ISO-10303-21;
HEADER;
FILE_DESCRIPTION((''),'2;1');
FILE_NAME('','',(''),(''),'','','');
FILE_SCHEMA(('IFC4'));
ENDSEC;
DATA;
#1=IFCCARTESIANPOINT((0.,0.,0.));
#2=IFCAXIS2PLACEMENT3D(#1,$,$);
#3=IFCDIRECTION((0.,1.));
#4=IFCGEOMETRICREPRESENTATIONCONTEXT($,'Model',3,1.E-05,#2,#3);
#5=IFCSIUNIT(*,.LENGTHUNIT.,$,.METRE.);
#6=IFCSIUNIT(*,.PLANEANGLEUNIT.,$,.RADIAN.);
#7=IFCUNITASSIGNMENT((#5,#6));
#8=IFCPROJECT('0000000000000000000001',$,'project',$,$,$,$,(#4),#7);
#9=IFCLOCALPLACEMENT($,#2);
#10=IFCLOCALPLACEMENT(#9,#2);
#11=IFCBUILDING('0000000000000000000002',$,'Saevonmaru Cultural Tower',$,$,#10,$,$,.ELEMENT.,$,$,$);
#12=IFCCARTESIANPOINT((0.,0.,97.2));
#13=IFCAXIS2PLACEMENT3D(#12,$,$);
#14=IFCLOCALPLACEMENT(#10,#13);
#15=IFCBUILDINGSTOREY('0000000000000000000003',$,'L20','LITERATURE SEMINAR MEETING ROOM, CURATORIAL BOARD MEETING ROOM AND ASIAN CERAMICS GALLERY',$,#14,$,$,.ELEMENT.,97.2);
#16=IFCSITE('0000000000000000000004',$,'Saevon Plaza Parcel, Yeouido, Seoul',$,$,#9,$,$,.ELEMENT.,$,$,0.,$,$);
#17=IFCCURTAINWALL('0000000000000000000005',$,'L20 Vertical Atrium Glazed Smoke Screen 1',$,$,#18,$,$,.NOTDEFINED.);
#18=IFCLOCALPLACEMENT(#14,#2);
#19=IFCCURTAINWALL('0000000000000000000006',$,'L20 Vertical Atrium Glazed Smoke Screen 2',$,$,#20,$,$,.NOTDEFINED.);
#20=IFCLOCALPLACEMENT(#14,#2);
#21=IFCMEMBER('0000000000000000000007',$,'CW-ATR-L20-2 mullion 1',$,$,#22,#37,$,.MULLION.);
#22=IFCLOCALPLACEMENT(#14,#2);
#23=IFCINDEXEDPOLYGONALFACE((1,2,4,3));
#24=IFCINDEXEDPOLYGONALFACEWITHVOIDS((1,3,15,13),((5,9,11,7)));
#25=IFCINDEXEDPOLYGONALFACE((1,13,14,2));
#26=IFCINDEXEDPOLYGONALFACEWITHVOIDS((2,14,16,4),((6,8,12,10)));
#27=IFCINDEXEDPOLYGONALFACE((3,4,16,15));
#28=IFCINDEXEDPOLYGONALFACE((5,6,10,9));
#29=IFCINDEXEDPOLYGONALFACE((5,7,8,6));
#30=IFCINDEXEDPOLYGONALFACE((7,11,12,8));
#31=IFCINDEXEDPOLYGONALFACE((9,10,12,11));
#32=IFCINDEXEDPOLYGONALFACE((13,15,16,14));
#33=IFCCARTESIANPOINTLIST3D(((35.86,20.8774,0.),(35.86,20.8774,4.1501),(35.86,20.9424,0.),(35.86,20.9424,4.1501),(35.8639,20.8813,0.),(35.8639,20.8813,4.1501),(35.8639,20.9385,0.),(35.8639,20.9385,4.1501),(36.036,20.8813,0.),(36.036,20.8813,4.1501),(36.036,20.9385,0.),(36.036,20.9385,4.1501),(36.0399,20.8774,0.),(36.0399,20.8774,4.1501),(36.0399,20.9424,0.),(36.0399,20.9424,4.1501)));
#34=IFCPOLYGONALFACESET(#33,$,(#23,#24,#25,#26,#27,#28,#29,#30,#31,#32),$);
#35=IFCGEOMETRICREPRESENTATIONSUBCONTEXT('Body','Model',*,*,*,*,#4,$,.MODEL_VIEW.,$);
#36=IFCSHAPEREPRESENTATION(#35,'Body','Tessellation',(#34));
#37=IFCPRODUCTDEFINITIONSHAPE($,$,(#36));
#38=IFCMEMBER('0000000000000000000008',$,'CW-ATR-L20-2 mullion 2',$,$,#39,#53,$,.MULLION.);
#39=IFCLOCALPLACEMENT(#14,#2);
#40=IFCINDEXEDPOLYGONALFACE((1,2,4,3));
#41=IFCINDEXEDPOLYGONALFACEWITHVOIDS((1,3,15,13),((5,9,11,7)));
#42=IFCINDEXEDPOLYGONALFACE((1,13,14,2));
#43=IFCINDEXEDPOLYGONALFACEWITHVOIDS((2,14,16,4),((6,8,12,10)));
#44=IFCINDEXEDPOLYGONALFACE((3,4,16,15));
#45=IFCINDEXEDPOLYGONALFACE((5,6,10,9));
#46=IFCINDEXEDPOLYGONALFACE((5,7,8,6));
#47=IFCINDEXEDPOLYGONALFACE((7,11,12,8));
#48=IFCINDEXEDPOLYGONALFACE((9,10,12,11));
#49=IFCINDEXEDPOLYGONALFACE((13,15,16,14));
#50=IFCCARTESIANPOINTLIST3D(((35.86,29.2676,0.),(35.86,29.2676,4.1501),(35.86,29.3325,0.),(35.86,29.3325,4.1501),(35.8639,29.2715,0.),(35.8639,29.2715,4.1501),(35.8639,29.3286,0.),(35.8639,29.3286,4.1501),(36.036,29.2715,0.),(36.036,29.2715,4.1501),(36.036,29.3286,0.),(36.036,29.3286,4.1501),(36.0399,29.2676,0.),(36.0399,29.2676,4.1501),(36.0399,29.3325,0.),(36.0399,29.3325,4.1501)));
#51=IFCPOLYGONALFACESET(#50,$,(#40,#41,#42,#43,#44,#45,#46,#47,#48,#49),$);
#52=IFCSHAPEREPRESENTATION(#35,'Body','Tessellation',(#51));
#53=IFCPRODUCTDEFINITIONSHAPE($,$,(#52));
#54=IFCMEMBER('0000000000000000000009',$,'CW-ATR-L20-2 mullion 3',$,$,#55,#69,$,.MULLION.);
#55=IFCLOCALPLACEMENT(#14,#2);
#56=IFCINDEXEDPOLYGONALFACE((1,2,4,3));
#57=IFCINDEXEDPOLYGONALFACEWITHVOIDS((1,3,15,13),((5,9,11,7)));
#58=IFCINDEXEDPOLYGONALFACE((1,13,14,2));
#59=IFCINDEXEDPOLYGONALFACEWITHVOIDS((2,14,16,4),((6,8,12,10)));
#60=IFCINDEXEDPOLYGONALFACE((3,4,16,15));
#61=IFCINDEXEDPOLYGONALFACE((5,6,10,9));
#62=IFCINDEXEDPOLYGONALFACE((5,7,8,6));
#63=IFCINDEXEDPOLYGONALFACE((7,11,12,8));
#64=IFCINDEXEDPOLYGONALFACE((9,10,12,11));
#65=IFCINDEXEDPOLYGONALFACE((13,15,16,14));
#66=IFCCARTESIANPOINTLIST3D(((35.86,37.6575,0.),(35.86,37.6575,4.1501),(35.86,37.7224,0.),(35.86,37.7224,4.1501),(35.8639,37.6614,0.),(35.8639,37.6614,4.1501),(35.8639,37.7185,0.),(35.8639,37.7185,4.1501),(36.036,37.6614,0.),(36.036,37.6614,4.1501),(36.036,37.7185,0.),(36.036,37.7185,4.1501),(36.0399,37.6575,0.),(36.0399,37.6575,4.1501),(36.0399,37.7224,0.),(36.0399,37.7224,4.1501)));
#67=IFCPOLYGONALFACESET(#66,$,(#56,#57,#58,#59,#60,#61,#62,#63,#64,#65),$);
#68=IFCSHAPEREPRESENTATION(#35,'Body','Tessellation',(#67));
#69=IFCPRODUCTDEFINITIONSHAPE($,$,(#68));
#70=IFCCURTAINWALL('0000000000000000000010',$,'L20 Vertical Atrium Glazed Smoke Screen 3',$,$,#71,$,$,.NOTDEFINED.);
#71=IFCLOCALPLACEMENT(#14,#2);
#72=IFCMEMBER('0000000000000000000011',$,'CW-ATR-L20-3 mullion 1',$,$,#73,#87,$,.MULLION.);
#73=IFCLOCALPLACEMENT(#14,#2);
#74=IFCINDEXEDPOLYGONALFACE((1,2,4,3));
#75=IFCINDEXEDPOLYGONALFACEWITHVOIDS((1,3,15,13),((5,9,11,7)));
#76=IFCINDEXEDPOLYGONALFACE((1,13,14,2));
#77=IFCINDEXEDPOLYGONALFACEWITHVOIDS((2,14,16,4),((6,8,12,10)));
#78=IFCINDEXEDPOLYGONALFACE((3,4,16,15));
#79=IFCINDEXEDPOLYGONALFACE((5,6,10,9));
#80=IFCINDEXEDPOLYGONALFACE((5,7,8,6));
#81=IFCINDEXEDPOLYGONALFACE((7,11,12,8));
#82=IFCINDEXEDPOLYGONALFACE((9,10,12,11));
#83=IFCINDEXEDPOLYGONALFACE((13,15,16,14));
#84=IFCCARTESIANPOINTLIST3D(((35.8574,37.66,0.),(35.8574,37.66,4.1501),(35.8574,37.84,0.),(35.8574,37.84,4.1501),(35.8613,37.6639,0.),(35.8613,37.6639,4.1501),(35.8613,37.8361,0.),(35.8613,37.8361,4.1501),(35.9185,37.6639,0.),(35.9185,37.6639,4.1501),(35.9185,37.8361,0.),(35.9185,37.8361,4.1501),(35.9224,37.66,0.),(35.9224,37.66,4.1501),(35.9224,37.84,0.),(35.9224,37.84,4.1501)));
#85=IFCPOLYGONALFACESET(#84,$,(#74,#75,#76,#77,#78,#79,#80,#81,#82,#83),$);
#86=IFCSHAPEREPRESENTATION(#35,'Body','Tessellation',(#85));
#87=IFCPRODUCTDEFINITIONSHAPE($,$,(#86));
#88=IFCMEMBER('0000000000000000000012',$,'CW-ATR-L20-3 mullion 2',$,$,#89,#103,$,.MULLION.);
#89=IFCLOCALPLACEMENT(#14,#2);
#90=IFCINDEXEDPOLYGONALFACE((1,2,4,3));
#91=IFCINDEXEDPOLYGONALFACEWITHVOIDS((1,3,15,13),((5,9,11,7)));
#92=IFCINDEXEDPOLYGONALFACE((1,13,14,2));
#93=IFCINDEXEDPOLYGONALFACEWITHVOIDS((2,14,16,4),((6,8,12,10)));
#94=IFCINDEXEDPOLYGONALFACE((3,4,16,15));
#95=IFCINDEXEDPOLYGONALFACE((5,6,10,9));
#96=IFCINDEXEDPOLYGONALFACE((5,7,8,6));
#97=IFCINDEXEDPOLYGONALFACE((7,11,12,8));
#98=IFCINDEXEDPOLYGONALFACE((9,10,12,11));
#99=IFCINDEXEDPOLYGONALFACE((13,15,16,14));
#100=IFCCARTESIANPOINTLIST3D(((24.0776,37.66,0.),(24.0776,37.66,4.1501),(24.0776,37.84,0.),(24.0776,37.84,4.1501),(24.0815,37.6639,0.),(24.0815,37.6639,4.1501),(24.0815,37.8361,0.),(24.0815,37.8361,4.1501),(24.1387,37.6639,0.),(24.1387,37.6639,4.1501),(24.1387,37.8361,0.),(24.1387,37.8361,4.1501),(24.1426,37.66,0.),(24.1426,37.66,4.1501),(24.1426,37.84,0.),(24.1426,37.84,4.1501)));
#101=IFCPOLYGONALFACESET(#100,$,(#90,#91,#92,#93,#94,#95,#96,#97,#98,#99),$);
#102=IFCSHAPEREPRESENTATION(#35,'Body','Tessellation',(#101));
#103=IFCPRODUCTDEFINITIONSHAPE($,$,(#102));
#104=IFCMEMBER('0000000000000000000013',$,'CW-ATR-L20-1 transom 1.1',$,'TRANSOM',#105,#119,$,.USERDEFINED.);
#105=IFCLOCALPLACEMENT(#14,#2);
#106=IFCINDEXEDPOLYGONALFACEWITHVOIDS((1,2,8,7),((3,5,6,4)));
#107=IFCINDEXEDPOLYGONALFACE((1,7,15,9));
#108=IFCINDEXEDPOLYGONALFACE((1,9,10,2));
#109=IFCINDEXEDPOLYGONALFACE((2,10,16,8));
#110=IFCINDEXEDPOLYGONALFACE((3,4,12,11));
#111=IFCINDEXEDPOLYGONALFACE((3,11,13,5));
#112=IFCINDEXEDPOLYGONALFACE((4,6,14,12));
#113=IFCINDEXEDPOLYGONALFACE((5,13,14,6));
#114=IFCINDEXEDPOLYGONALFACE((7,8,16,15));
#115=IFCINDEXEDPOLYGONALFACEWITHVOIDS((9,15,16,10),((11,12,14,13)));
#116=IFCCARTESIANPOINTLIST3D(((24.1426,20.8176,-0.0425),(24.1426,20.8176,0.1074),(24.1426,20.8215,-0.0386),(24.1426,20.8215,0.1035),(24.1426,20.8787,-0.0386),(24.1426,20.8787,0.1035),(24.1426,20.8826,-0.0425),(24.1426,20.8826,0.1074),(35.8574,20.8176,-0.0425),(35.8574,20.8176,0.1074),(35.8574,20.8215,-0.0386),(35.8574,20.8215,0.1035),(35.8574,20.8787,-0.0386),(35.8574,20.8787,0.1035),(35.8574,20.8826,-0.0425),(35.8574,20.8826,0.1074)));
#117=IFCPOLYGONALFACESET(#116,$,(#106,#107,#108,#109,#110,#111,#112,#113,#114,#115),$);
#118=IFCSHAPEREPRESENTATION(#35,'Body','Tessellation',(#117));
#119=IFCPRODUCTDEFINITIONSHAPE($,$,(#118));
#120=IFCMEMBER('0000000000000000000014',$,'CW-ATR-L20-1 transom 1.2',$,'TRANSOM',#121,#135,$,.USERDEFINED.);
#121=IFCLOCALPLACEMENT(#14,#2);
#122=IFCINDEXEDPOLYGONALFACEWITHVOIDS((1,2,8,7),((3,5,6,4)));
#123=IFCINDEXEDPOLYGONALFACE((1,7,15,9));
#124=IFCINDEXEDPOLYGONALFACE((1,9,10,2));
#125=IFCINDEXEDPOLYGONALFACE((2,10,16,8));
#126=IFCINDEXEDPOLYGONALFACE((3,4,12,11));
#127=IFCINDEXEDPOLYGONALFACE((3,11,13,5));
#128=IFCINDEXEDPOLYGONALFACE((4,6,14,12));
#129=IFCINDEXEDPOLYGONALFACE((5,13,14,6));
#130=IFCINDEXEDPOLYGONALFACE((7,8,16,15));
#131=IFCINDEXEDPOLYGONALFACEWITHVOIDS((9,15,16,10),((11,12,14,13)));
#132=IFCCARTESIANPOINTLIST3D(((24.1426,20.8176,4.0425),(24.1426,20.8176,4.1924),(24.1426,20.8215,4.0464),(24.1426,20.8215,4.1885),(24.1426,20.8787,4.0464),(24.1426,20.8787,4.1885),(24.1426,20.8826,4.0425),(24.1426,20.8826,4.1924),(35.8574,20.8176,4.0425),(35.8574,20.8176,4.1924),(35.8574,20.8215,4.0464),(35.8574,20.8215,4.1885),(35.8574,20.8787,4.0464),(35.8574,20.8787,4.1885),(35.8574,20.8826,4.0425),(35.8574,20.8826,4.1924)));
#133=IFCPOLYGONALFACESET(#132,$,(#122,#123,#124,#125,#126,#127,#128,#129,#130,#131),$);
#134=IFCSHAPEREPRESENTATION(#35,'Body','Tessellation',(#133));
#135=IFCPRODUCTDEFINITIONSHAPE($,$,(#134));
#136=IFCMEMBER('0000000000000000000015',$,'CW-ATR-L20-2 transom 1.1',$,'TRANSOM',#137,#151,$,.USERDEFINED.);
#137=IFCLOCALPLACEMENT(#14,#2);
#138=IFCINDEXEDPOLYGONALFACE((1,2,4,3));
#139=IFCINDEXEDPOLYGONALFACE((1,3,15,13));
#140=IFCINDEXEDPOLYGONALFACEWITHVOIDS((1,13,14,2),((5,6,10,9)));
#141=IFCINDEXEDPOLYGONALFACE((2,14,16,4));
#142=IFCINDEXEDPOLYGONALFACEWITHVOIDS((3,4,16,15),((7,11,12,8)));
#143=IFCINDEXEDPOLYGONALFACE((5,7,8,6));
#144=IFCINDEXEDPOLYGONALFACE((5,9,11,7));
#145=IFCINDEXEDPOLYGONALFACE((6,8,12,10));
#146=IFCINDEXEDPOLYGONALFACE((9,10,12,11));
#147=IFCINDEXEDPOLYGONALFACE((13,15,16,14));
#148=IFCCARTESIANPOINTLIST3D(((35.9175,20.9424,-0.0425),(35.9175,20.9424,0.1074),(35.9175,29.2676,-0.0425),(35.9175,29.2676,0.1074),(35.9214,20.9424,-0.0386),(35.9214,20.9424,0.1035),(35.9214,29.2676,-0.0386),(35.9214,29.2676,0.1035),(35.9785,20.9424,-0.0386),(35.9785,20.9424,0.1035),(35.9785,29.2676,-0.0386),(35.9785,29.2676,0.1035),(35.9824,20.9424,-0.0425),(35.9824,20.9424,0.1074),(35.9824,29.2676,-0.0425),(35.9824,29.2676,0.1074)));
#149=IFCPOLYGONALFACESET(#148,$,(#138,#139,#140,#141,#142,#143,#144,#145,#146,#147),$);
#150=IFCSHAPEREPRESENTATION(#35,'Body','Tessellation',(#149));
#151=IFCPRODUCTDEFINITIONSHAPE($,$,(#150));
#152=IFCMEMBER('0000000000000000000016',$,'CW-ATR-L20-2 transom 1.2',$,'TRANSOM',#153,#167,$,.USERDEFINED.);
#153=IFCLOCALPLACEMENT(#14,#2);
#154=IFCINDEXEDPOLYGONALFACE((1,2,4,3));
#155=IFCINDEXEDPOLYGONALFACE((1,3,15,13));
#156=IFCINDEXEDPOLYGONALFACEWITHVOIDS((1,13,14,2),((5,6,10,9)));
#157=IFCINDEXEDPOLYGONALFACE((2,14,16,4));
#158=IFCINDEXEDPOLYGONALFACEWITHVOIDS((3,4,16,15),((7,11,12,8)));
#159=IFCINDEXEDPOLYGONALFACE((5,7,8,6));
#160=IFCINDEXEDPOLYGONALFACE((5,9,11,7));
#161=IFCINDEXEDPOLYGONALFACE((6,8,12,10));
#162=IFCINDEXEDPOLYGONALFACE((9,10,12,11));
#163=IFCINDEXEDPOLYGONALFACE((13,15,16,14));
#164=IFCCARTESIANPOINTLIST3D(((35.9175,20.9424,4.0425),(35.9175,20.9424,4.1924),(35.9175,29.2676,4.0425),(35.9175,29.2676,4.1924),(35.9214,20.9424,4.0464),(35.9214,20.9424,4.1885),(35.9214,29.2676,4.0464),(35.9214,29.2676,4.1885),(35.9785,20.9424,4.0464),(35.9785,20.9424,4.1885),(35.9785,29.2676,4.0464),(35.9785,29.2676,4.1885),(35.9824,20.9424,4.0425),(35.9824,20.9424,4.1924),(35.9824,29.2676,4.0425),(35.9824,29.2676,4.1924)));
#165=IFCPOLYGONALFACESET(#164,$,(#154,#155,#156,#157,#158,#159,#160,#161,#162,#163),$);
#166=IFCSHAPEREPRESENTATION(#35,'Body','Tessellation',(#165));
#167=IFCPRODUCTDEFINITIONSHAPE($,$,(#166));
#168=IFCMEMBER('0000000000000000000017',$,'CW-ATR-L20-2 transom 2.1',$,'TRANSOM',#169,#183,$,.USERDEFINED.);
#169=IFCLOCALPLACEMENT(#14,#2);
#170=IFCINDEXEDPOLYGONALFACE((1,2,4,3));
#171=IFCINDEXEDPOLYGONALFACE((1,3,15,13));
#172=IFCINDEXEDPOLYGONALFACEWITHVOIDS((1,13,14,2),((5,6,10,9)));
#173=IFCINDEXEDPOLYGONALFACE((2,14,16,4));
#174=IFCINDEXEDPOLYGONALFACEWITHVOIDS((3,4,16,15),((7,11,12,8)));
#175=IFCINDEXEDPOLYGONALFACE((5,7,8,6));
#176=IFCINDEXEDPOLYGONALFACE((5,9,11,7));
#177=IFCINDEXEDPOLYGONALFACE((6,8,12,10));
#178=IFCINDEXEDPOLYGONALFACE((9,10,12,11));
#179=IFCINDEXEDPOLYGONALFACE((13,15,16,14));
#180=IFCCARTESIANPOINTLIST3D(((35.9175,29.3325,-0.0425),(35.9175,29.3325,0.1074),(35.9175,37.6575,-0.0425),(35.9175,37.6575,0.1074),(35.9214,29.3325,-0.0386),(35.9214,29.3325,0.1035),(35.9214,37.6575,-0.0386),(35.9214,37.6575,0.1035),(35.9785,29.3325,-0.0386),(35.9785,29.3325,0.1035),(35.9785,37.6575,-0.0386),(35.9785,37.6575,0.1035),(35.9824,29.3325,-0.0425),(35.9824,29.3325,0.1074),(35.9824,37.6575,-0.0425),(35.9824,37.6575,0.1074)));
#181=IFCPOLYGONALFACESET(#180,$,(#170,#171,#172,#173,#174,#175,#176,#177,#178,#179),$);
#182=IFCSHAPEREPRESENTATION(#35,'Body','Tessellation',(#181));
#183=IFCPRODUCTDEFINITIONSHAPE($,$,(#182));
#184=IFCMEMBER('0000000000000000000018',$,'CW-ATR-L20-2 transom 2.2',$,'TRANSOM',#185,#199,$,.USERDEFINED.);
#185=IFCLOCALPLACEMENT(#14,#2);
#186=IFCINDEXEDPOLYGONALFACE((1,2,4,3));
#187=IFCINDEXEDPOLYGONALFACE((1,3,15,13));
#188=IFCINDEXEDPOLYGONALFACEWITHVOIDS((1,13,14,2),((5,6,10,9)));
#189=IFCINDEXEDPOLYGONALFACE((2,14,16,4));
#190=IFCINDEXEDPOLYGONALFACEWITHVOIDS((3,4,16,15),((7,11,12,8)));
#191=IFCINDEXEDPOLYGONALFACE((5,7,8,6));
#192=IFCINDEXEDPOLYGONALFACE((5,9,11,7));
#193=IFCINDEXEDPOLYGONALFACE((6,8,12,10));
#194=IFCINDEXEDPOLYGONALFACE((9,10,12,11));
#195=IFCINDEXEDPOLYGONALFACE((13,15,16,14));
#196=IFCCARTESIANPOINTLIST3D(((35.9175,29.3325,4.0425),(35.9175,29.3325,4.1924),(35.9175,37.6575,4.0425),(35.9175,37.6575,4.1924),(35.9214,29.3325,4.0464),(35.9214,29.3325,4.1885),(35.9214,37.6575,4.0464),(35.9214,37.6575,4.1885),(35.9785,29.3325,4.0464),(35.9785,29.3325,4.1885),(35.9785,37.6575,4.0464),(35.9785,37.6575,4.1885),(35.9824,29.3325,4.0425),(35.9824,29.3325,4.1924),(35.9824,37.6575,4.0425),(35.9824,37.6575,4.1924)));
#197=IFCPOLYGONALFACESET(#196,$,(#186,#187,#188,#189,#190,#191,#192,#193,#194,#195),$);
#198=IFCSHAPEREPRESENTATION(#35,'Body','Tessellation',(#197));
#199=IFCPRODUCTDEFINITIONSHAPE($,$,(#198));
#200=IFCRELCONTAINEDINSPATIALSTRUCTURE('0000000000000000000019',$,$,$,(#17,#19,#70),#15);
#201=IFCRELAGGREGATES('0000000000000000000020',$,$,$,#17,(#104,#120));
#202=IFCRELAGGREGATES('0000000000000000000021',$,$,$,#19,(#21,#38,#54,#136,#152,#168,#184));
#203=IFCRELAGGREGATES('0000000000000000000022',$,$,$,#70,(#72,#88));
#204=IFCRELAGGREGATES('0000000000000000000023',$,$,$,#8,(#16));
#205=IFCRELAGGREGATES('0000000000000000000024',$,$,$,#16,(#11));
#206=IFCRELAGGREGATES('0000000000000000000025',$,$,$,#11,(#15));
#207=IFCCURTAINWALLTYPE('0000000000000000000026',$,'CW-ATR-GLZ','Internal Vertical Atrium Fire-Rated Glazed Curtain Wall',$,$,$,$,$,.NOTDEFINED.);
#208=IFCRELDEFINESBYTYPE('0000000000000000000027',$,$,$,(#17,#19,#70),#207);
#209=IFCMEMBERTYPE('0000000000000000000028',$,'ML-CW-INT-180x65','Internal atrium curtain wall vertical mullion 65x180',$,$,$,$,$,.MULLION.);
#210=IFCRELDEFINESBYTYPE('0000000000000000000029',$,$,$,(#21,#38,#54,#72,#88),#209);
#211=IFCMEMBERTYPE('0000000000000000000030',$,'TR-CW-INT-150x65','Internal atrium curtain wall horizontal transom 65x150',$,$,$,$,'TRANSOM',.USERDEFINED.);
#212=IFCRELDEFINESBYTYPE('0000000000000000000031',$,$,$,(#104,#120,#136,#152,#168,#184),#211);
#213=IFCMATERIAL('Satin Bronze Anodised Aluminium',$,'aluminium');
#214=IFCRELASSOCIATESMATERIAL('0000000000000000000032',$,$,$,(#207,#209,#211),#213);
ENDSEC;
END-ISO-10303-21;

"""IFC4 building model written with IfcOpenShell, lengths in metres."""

from ifc_helpers import new_model, si_unit, direction, frame, origin, origin_2d, place, context, subcontext, project, spatial, hollow_rectangle, extrude, material, material_profile, profile_set, type_object, element, aggregate, save


model = new_model("IFC4")

# Units and contexts
model_context = context("Model", 3, precision=1e-05, world=origin(), true_north=direction((0.0, 1.0)))
body_context = subcontext(model_context, "Body", "Model", "MODEL_VIEW")
ifc_project = project(units=[si_unit("LENGTHUNIT", "METRE"), si_unit("PLANEANGLEUNIT", "RADIAN")], contexts=[model_context])

# Site, building, storey
site_placement = place(None, origin())
site = spatial("IfcSite", under=ifc_project, at=site_placement, Name="Saevon Plaza Parcel, Yeouido, Seoul", CompositionType="ELEMENT", RefElevation=0.0)
building_placement = place(site_placement, origin())
building = spatial("IfcBuilding", under=site, at=building_placement, Name="Saevonmaru Cultural Tower", CompositionType="ELEMENT")
storey_placement = place(building_placement, frame((0.0, 0.0, 97.2)))
storey = spatial("IfcBuildingStorey", under=building, at=storey_placement, Name="L20", Description="LITERATURE SEMINAR MEETING ROOM, CURATORIAL BOARD MEETING ROOM AND ASIAN CERAMICS GALLERY", CompositionType="ELEMENT", Elevation=97.2)

# Curtain wall
ifc_material_1 = material(Name="Satin Bronze Anodised Aluminium", Category="aluminium")
curtain_wall_type = type_object("IfcCurtainWallType", Name="CW-ATR-GLZ", Description="Internal Vertical Atrium Fire-Rated Glazed Curtain Wall", PredefinedType="NOTDEFINED", material=ifc_material_1)
curtain_wall_1_placement = place(storey_placement, origin())
curtain_wall_1 = element("IfcCurtainWall", 1, at=curtain_wall_1_placement, inside=storey, type_object=curtain_wall_type, Name="L20 Vertical Atrium Glazed Smoke Screen 1", PredefinedType="NOTDEFINED")
ifc_material_profile_1 = material_profile(ifc_material_1, hollow_rectangle(XDim=0.0649, YDim=0.1799, WallThickness=0.0039, at=origin_2d()), Name="ALU-MULL-180x65x4")
ifc_profile_set_1 = profile_set([ifc_material_profile_1], Name="Satin Bronze Anodised Aluminium")
member_type_1 = type_object("IfcMemberType", Name="ML-CW-INT-180x65", Description="Internal atrium curtain wall vertical mullion 65x180", PredefinedType="MULLION", material=ifc_profile_set_1)

# Curtain walls, members
curtain_wall_2_placement = place(storey_placement, origin())
curtain_wall_2 = element("IfcCurtainWall", 2, at=curtain_wall_2_placement, inside=storey, type_object=curtain_wall_type, Name="L20 Vertical Atrium Glazed Smoke Screen 2", PredefinedType="NOTDEFINED")
member_1_placement = place(storey_placement, frame((35.95, 20.9099, 0.0), z_axis=(0.0, 0.0, 1.0), x_axis=(0.0, 1.0, 0.0)))
member_1 = element("IfcMember", 3, at=member_1_placement, type_object=member_type_1, Name="CW-ATR-L20-2 mullion 1", PredefinedType="MULLION", context=body_context, shape_type="SweptSolid", body=[
    extrude(hollow_rectangle(XDim=0.0649, YDim=0.1799, WallThickness=0.0039, at=origin_2d()), origin(), (0.0, 0.0, 1.0), 4.1501),
])
member_2_placement = place(storey_placement, frame((35.95, 29.3, 0.0), z_axis=(0.0, 0.0, 1.0), x_axis=(0.0, 1.0, 0.0)))
member_2 = element("IfcMember", 4, at=member_2_placement, type_object=member_type_1, Name="CW-ATR-L20-2 mullion 2", PredefinedType="MULLION", context=body_context, shape_type="SweptSolid", body=[
    extrude(hollow_rectangle(XDim=0.0649, YDim=0.1799, WallThickness=0.0039, at=origin_2d()), origin(), (0.0, 0.0, 1.0), 4.1501),
])
member_3_placement = place(storey_placement, frame((35.95, 37.6899, 0.0), z_axis=(0.0, 0.0, 1.0), x_axis=(0.0, 1.0, 0.0)))
member_3 = element("IfcMember", 5, at=member_3_placement, type_object=member_type_1, Name="CW-ATR-L20-2 mullion 3", PredefinedType="MULLION", context=body_context, shape_type="SweptSolid", body=[
    extrude(hollow_rectangle(XDim=0.0649, YDim=0.1799, WallThickness=0.0039, at=origin_2d()), origin(), (0.0, 0.0, 1.0), 4.1501),
])
curtain_wall_3_placement = place(storey_placement, origin())
curtain_wall_3 = element("IfcCurtainWall", 6, at=curtain_wall_3_placement, inside=storey, type_object=curtain_wall_type, Name="L20 Vertical Atrium Glazed Smoke Screen 3", PredefinedType="NOTDEFINED")
member_4_placement = place(storey_placement, frame((35.8899, 37.75, 0.0), z_axis=(0.0, 0.0, 1.0), x_axis=(-1.0, 0.0, 0.0)))
member_4 = element("IfcMember", 7, at=member_4_placement, type_object=member_type_1, Name="CW-ATR-L20-3 mullion 1", PredefinedType="MULLION", context=body_context, shape_type="SweptSolid", body=[
    extrude(hollow_rectangle(XDim=0.0649, YDim=0.1799, WallThickness=0.0039, at=origin_2d()), origin(), (0.0, 0.0, 1.0), 4.1501),
])
member_5_placement = place(storey_placement, frame((24.1101, 37.75, 0.0), z_axis=(0.0, 0.0, 1.0), x_axis=(-1.0, 0.0, 0.0)))
member_5 = element("IfcMember", 8, at=member_5_placement, type_object=member_type_1, Name="CW-ATR-L20-3 mullion 2", PredefinedType="MULLION", context=body_context, shape_type="SweptSolid", body=[
    extrude(hollow_rectangle(XDim=0.0649, YDim=0.1799, WallThickness=0.0039, at=origin_2d()), origin(), (0.0, 0.0, 1.0), 4.1501),
])

# Members
ifc_material_profile_2 = material_profile(ifc_material_1, hollow_rectangle(XDim=0.0649, YDim=0.1499, WallThickness=0.0039, at=origin_2d()), Name="ALU-TRAN-150x65x4")
ifc_profile_set_2 = profile_set([ifc_material_profile_2], Name="Satin Bronze Anodised Aluminium")
member_type_2 = type_object("IfcMemberType", Name="TR-CW-INT-150x65", Description="Internal atrium curtain wall horizontal transom 65x150", ElementType="TRANSOM", PredefinedType="USERDEFINED", material=ifc_profile_set_2)
member_6_placement = place(storey_placement, frame((24.1426, 20.8501, 0.0325), z_axis=(1.0, 0.0, 0.0), x_axis=(0.0, 1.0, 0.0)))
member_6 = element("IfcMember", 9, at=member_6_placement, type_object=member_type_2, Name="CW-ATR-L20-1 transom 1.1", ObjectType="TRANSOM", PredefinedType="USERDEFINED", context=body_context, shape_type="SweptSolid", body=[
    extrude(hollow_rectangle(XDim=0.0649, YDim=0.1499, WallThickness=0.0039, at=origin_2d()), origin(), (0.0, 0.0, 1.0), 11.7148),
])
member_7_placement = place(storey_placement, frame((24.1426, 20.8501, 4.1174), z_axis=(1.0, 0.0, 0.0), x_axis=(0.0, 1.0, 0.0)))
member_7 = element("IfcMember", 10, at=member_7_placement, type_object=member_type_2, Name="CW-ATR-L20-1 transom 1.2", ObjectType="TRANSOM", PredefinedType="USERDEFINED", context=body_context, shape_type="SweptSolid", body=[
    extrude(hollow_rectangle(XDim=0.0649, YDim=0.1499, WallThickness=0.0039, at=origin_2d()), origin(), (0.0, 0.0, 1.0), 11.7148),
])
member_8_placement = place(storey_placement, frame((35.95, 20.9424, 0.0325), z_axis=(0.0, 1.0, 0.0), x_axis=(-1.0, 0.0, 0.0)))
member_8 = element("IfcMember", 11, at=member_8_placement, type_object=member_type_2, Name="CW-ATR-L20-2 transom 1.1", ObjectType="TRANSOM", PredefinedType="USERDEFINED", context=body_context, shape_type="SweptSolid", body=[
    extrude(hollow_rectangle(XDim=0.0649, YDim=0.1499, WallThickness=0.0039, at=origin_2d()), origin(), (0.0, 0.0, 1.0), 8.3252),
])
member_9_placement = place(storey_placement, frame((35.95, 20.9424, 4.1174), z_axis=(0.0, 1.0, 0.0), x_axis=(-1.0, 0.0, 0.0)))
member_9 = element("IfcMember", 12, at=member_9_placement, type_object=member_type_2, Name="CW-ATR-L20-2 transom 1.2", ObjectType="TRANSOM", PredefinedType="USERDEFINED", context=body_context, shape_type="SweptSolid", body=[
    extrude(hollow_rectangle(XDim=0.0649, YDim=0.1499, WallThickness=0.0039, at=origin_2d()), origin(), (0.0, 0.0, 1.0), 8.3252),
])
member_10_placement = place(storey_placement, frame((35.95, 29.3325, 0.0325), z_axis=(0.0, 1.0, 0.0), x_axis=(-1.0, 0.0, 0.0)))
member_10 = element("IfcMember", 13, at=member_10_placement, type_object=member_type_2, Name="CW-ATR-L20-2 transom 2.1", ObjectType="TRANSOM", PredefinedType="USERDEFINED", context=body_context, shape_type="SweptSolid", body=[
    extrude(hollow_rectangle(XDim=0.0649, YDim=0.1499, WallThickness=0.0039, at=origin_2d()), origin(), (0.0, 0.0, 1.0), 8.325),
])
member_11_placement = place(storey_placement, frame((35.95, 29.3325, 4.1174), z_axis=(0.0, 1.0, 0.0), x_axis=(-1.0, 0.0, 0.0)))
member_11 = element("IfcMember", 14, at=member_11_placement, type_object=member_type_2, Name="CW-ATR-L20-2 transom 2.2", ObjectType="TRANSOM", PredefinedType="USERDEFINED", context=body_context, shape_type="SweptSolid", body=[
    extrude(hollow_rectangle(XDim=0.0649, YDim=0.1499, WallThickness=0.0039, at=origin_2d()), origin(), (0.0, 0.0, 1.0), 8.325),
])

aggregate(curtain_wall_1, [member_6, member_7])
aggregate(curtain_wall_2, [member_1, member_2, member_3, member_8, member_9, member_10, member_11])
aggregate(curtain_wall_3, [member_4, member_5])

save(model, "model.ifc")
